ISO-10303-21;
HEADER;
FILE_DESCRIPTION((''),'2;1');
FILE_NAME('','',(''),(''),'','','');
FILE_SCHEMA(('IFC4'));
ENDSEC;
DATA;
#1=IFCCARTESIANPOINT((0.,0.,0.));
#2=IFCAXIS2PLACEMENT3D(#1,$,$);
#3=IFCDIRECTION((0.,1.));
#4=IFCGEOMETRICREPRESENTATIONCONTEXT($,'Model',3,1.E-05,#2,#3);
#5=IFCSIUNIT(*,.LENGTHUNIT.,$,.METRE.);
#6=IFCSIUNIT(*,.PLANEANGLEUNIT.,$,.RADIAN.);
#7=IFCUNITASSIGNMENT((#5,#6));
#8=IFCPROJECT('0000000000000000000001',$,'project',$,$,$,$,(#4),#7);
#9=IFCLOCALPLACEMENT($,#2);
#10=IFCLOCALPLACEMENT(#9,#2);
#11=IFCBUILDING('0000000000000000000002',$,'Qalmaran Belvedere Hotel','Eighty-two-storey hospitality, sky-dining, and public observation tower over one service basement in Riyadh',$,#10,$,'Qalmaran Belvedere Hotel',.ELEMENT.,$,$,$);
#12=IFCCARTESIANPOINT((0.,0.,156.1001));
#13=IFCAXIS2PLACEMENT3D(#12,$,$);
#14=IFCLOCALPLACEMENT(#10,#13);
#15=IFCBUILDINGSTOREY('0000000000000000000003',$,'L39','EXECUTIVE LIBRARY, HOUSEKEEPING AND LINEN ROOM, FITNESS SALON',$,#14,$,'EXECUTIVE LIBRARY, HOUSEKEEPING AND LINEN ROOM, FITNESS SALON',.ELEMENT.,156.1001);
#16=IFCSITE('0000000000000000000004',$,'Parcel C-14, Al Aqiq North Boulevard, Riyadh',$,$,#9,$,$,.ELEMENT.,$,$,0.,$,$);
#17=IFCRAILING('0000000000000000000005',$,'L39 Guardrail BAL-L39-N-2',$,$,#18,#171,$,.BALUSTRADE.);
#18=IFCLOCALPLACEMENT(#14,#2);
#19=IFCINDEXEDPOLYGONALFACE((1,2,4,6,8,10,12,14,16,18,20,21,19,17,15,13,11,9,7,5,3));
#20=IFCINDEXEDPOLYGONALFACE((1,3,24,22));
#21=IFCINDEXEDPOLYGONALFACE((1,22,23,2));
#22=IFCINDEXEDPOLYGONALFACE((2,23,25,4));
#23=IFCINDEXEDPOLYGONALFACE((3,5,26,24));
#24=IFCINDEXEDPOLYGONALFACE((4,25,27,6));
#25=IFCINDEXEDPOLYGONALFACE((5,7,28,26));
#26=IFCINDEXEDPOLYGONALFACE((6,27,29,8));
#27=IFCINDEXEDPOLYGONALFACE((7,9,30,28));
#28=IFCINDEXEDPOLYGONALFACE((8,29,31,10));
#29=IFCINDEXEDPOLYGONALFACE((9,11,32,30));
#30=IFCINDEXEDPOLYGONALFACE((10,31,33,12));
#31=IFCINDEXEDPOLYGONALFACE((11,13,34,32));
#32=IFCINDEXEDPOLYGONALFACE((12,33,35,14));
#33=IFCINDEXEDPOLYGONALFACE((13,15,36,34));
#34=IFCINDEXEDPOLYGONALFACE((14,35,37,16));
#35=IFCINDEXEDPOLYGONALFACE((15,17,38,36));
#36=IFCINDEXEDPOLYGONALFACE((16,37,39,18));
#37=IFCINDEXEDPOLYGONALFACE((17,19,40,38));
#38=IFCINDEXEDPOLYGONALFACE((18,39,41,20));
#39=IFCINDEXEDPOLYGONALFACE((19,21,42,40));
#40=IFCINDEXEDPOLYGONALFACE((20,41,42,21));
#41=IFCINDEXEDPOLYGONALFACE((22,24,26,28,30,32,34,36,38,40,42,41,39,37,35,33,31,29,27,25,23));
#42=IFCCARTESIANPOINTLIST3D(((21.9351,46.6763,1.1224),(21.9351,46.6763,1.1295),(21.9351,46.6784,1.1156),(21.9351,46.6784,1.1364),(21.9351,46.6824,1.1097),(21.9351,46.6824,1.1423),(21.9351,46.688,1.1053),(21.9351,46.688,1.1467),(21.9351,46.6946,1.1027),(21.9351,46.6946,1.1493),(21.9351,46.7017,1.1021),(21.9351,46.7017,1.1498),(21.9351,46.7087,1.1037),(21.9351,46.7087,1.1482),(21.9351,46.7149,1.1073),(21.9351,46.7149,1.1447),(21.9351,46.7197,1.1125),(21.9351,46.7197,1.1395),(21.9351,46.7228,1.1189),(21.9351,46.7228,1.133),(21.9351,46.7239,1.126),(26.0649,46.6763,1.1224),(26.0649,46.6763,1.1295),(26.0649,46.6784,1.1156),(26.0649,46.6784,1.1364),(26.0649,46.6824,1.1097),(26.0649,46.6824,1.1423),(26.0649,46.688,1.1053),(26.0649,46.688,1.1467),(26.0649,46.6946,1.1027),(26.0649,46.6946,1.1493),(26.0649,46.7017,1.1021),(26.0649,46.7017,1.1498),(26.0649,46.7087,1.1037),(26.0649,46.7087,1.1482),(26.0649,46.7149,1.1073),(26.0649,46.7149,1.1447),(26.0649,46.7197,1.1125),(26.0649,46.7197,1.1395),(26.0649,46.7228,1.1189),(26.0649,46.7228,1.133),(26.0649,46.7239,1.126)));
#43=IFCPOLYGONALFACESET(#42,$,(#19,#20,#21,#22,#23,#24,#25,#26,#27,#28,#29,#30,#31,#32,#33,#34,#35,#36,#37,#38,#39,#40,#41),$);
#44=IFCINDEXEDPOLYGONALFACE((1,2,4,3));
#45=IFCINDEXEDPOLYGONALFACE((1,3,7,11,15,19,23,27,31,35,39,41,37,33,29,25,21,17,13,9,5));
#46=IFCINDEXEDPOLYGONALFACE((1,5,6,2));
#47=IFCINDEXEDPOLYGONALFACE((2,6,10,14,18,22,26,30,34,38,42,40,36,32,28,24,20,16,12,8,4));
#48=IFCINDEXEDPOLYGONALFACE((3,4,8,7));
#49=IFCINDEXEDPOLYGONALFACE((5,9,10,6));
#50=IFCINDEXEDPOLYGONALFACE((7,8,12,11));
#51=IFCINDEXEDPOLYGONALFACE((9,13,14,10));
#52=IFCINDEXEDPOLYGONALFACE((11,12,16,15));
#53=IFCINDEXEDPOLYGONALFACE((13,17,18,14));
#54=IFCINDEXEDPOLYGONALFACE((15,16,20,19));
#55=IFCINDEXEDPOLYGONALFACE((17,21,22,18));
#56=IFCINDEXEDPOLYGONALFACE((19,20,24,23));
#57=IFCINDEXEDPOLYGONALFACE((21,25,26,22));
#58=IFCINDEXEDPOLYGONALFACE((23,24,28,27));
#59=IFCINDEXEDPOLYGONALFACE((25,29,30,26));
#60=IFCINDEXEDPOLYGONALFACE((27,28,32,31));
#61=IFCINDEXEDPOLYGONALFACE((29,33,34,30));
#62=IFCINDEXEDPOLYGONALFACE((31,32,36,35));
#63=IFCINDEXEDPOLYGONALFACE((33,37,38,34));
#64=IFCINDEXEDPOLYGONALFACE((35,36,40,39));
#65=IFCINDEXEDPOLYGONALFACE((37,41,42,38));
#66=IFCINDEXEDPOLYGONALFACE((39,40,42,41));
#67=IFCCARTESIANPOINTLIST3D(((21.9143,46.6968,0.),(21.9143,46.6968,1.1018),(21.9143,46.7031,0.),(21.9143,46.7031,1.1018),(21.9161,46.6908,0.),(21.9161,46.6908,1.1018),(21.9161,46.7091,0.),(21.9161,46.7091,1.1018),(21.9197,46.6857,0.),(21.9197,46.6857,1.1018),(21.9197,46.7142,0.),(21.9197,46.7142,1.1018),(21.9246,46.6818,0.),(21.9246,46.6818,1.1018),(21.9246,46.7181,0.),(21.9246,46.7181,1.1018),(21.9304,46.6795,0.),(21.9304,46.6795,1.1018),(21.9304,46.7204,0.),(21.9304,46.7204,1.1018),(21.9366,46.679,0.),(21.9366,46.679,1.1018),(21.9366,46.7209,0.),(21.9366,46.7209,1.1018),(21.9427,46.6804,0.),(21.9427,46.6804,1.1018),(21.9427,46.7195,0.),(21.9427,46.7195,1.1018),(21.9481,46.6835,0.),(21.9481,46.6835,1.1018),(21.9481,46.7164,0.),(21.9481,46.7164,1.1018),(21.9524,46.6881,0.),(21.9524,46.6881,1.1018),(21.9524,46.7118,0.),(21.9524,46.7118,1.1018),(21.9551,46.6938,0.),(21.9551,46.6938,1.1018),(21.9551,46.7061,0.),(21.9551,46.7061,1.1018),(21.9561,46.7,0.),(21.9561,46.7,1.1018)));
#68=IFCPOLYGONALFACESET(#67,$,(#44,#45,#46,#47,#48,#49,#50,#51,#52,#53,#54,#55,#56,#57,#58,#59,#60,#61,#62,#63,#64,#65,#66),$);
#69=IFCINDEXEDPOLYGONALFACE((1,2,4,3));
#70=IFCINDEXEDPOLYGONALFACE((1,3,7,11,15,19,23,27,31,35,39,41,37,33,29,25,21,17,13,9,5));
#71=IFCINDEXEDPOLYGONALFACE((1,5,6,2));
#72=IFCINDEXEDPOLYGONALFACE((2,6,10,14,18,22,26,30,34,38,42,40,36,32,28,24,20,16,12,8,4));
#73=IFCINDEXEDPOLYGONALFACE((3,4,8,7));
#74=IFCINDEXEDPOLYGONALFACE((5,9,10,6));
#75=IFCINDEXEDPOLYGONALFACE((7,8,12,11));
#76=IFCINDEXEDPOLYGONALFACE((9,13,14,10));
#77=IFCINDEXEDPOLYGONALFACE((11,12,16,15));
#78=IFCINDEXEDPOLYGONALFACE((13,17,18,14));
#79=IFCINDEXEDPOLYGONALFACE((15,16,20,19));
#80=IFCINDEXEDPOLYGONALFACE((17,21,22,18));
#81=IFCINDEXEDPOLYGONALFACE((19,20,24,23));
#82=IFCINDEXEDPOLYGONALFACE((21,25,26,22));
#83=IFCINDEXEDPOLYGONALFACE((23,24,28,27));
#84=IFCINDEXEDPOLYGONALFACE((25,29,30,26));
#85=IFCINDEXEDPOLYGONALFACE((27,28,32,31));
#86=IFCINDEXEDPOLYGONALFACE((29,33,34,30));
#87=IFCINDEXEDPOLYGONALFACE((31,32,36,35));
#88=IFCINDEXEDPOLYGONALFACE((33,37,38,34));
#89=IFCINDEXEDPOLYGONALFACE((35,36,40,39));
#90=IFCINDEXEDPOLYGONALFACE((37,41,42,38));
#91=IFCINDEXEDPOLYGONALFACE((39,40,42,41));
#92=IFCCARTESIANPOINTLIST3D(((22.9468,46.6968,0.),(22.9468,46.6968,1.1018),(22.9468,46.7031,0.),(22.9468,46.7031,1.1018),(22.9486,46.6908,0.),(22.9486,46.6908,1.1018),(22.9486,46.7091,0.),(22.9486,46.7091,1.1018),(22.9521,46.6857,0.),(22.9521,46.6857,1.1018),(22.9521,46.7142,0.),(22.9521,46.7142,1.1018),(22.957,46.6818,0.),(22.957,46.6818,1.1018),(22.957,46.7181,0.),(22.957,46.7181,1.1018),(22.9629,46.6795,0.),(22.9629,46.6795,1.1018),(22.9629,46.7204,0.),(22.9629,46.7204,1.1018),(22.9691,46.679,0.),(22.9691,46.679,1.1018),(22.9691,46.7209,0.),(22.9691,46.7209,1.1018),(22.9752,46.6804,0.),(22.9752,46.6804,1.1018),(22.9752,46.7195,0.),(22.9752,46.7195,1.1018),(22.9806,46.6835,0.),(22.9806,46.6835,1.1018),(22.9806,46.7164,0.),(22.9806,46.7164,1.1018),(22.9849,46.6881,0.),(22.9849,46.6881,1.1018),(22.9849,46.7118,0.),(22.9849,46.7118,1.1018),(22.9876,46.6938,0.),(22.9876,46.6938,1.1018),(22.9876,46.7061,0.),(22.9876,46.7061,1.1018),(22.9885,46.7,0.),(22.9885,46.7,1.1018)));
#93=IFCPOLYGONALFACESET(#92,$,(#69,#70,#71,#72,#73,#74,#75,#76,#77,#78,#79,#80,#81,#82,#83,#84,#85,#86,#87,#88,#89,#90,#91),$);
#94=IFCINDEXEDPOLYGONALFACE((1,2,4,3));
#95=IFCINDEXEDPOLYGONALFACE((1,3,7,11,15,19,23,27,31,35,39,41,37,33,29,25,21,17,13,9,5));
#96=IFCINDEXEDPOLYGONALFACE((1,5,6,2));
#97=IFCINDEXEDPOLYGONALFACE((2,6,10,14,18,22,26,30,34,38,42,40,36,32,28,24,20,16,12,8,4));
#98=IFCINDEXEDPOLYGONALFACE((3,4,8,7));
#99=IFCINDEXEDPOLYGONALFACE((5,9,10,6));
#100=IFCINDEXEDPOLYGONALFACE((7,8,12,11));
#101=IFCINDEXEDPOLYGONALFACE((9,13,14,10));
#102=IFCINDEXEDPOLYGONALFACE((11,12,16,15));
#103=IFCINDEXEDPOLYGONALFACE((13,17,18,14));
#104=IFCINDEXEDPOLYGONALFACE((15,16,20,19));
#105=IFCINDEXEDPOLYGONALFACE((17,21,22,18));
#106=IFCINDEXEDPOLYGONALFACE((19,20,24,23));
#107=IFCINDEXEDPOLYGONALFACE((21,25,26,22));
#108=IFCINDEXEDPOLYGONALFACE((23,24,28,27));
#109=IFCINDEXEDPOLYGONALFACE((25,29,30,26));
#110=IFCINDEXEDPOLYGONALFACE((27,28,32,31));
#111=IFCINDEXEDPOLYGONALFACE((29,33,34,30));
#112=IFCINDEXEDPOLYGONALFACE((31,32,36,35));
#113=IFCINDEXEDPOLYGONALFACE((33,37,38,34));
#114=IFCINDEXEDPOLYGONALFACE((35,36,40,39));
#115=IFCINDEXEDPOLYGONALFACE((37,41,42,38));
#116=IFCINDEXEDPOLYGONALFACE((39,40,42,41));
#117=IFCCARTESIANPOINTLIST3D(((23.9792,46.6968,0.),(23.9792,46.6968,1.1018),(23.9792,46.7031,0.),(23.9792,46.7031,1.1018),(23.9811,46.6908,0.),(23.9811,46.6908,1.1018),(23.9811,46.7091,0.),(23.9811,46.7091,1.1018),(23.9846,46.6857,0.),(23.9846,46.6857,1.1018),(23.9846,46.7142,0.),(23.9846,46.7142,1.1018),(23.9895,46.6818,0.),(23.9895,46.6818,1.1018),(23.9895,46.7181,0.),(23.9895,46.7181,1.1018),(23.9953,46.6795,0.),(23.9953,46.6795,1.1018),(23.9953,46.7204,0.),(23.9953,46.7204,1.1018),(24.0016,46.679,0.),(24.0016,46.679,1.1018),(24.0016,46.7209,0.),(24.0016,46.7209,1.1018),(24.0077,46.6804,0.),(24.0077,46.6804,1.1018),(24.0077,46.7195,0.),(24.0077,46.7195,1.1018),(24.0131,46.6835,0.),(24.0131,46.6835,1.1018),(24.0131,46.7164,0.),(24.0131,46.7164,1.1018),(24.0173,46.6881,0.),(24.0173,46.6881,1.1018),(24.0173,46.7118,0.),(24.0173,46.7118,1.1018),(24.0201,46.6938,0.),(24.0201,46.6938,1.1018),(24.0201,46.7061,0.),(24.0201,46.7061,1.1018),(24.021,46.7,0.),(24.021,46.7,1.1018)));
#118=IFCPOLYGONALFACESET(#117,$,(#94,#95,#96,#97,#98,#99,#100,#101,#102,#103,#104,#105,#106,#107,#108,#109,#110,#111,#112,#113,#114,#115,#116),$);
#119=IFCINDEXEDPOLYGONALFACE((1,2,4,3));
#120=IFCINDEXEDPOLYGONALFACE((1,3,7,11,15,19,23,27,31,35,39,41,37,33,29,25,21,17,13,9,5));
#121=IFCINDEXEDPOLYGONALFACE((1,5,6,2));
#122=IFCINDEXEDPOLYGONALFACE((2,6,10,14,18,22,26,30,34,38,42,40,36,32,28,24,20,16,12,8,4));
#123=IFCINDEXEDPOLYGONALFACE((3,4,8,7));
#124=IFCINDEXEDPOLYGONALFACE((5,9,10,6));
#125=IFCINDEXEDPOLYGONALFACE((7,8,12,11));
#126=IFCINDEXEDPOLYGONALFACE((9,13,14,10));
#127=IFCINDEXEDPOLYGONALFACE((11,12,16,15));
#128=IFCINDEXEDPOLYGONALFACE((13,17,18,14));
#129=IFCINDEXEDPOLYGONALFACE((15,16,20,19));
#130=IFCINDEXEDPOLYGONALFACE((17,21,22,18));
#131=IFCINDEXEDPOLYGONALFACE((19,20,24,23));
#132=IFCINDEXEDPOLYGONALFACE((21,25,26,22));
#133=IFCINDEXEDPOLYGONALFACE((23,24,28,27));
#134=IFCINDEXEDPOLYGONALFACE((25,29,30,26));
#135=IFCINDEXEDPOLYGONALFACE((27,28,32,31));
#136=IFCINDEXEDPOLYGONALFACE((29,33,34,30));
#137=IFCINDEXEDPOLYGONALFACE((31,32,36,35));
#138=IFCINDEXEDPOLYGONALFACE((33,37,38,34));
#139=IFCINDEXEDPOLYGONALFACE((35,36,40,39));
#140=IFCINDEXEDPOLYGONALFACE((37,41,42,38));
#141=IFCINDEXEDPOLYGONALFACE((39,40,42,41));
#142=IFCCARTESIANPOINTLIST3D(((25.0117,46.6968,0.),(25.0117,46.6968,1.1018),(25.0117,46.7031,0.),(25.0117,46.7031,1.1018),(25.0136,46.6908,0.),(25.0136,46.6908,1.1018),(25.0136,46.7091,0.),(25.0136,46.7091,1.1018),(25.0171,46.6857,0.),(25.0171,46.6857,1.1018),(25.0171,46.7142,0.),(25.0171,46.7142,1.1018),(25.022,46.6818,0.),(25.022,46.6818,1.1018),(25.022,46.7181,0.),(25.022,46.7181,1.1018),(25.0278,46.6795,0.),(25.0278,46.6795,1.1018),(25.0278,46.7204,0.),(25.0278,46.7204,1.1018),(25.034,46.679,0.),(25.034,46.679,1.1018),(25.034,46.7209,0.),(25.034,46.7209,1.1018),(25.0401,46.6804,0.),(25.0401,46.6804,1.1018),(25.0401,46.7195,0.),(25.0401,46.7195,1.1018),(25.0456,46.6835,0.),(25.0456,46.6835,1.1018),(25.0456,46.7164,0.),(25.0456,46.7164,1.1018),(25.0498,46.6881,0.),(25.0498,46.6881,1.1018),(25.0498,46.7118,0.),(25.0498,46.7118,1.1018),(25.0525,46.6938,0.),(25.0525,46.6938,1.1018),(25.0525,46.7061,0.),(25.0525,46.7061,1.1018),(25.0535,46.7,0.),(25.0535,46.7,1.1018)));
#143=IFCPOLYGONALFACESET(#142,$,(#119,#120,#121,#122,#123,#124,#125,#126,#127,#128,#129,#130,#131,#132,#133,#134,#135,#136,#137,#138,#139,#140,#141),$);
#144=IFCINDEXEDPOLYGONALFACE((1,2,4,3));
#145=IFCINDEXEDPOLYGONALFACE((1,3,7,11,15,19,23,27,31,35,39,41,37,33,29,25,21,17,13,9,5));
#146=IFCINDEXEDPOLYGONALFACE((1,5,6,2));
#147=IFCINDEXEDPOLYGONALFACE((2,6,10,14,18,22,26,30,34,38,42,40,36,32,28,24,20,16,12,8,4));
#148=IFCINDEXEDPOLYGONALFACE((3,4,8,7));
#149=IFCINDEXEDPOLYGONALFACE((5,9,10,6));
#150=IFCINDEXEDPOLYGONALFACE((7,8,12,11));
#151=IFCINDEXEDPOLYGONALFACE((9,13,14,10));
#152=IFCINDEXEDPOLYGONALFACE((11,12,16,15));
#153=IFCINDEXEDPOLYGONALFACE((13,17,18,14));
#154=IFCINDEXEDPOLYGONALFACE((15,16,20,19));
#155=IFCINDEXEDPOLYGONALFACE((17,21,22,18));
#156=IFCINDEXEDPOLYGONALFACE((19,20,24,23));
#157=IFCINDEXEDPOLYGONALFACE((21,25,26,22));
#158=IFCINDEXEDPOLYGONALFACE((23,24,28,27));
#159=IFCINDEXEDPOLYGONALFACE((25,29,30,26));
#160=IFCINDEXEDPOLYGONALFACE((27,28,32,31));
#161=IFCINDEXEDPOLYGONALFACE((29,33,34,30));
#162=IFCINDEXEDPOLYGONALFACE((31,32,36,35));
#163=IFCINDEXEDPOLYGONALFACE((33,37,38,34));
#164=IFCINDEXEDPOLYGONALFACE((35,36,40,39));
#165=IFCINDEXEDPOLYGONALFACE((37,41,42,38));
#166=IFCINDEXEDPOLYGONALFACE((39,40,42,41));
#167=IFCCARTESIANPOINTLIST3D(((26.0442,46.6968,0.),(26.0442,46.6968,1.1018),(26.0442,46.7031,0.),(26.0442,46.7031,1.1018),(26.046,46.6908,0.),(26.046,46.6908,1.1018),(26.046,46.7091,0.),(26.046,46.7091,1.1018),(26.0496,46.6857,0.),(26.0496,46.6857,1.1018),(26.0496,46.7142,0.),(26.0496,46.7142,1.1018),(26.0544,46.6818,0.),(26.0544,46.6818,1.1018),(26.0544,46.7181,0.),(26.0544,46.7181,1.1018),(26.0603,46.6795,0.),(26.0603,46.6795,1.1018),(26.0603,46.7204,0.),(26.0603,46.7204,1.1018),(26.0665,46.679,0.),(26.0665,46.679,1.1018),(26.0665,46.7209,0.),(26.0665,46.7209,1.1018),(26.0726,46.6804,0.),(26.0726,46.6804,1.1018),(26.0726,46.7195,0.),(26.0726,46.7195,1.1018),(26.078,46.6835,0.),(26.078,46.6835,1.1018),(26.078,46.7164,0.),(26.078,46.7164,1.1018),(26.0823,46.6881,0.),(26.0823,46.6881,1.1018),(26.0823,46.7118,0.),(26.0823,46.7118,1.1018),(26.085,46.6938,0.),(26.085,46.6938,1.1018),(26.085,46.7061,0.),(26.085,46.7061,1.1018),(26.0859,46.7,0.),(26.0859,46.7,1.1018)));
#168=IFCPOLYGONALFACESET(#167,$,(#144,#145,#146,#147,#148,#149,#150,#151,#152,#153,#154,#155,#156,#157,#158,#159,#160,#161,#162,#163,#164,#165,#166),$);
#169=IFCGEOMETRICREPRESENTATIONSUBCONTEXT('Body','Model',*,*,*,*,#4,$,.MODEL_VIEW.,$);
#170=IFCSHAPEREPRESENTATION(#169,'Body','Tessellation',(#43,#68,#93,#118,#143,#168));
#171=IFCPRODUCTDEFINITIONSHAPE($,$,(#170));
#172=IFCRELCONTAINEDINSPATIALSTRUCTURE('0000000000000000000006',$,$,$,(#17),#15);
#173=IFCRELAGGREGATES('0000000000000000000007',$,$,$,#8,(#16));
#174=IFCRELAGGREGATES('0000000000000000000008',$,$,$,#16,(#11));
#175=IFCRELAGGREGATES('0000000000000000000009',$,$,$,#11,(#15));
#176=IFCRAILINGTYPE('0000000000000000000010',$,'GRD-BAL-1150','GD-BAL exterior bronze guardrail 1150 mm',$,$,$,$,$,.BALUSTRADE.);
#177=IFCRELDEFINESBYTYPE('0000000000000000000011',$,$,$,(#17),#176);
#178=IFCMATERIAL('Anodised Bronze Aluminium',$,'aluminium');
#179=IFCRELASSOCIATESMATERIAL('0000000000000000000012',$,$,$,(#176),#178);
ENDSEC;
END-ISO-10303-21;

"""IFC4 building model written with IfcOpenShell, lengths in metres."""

from ifc_helpers import new_model, si_unit, direction, frame, origin, origin_2d, place, context, subcontext, project, spatial, circle, extrude, material, type_object, element, save


model = new_model("IFC4")

# Units and contexts
model_context = context("Model", 3, precision=1e-05, world=origin(), true_north=direction((0.0, 1.0)))
body_context = subcontext(model_context, "Body", "Model", "MODEL_VIEW")
ifc_project = project(units=[si_unit("LENGTHUNIT", "METRE"), si_unit("PLANEANGLEUNIT", "RADIAN")], contexts=[model_context])

# Site, building, storey
site_placement = place(None, origin())
site = spatial("IfcSite", under=ifc_project, at=site_placement, Name="Parcel C-14, Al Aqiq North Boulevard, Riyadh", CompositionType="ELEMENT", RefElevation=0.0)
building_placement = place(site_placement, origin())
building = spatial("IfcBuilding", under=site, at=building_placement, Name="Qalmaran Belvedere Hotel", Description="Eighty-two-storey hospitality, sky-dining, and public observation tower over one service basement in Riyadh", LongName="Qalmaran Belvedere Hotel", CompositionType="ELEMENT")
storey_placement = place(building_placement, frame((0.0, 0.0, 156.1001)))
storey = spatial("IfcBuildingStorey", under=building, at=storey_placement, Name="L39", Description="EXECUTIVE LIBRARY, HOUSEKEEPING AND LINEN ROOM, FITNESS SALON", LongName="EXECUTIVE LIBRARY, HOUSEKEEPING AND LINEN ROOM, FITNESS SALON", CompositionType="ELEMENT", Elevation=156.1001)

# Shared definitions
ifc_material_1 = material(Name="Anodised Bronze Aluminium", Category="aluminium")

# Railing
railing_type = type_object("IfcRailingType", Name="GRD-BAL-1150", Description="GD-BAL exterior bronze guardrail 1150 mm", PredefinedType="BALUSTRADE", material=ifc_material_1)
railing_1_placement = place(storey_placement, frame((21.9351, 46.7, 0.0)))
element("IfcRailing", 1, at=railing_1_placement, inside=storey, type_object=railing_type, Name="L39 Guardrail BAL-L39-N-2", PredefinedType="BALUSTRADE", context=body_context, shape_type="SweptSolid", body=[
    extrude(circle(Radius=0.0239, at=origin_2d()), frame((0.0, 0.0, 1.126), z_axis=(1.0, 0.0, 0.0), x_axis=(0.0, 1.0, 0.0)), (0.0, 0.0, 1.0), 4.1299),
    extrude(circle(Radius=0.021, at=origin_2d()), origin(), (0.0, 0.0, 1.0), 1.1018),
    extrude(circle(Radius=0.021, at=origin_2d()), frame((1.0325, 0.0, 0.0)), (0.0, 0.0, 1.0), 1.1018),
    extrude(circle(Radius=0.021, at=origin_2d()), frame((2.0649, 0.0, 0.0)), (0.0, 0.0, 1.0), 1.1018),
    extrude(circle(Radius=0.021, at=origin_2d()), frame((3.0974, 0.0, 0.0)), (0.0, 0.0, 1.0), 1.1018),
    extrude(circle(Radius=0.021, at=origin_2d()), frame((4.1299, 0.0, 0.0)), (0.0, 0.0, 1.0), 1.1018),
])

save(model, "model.ifc")
